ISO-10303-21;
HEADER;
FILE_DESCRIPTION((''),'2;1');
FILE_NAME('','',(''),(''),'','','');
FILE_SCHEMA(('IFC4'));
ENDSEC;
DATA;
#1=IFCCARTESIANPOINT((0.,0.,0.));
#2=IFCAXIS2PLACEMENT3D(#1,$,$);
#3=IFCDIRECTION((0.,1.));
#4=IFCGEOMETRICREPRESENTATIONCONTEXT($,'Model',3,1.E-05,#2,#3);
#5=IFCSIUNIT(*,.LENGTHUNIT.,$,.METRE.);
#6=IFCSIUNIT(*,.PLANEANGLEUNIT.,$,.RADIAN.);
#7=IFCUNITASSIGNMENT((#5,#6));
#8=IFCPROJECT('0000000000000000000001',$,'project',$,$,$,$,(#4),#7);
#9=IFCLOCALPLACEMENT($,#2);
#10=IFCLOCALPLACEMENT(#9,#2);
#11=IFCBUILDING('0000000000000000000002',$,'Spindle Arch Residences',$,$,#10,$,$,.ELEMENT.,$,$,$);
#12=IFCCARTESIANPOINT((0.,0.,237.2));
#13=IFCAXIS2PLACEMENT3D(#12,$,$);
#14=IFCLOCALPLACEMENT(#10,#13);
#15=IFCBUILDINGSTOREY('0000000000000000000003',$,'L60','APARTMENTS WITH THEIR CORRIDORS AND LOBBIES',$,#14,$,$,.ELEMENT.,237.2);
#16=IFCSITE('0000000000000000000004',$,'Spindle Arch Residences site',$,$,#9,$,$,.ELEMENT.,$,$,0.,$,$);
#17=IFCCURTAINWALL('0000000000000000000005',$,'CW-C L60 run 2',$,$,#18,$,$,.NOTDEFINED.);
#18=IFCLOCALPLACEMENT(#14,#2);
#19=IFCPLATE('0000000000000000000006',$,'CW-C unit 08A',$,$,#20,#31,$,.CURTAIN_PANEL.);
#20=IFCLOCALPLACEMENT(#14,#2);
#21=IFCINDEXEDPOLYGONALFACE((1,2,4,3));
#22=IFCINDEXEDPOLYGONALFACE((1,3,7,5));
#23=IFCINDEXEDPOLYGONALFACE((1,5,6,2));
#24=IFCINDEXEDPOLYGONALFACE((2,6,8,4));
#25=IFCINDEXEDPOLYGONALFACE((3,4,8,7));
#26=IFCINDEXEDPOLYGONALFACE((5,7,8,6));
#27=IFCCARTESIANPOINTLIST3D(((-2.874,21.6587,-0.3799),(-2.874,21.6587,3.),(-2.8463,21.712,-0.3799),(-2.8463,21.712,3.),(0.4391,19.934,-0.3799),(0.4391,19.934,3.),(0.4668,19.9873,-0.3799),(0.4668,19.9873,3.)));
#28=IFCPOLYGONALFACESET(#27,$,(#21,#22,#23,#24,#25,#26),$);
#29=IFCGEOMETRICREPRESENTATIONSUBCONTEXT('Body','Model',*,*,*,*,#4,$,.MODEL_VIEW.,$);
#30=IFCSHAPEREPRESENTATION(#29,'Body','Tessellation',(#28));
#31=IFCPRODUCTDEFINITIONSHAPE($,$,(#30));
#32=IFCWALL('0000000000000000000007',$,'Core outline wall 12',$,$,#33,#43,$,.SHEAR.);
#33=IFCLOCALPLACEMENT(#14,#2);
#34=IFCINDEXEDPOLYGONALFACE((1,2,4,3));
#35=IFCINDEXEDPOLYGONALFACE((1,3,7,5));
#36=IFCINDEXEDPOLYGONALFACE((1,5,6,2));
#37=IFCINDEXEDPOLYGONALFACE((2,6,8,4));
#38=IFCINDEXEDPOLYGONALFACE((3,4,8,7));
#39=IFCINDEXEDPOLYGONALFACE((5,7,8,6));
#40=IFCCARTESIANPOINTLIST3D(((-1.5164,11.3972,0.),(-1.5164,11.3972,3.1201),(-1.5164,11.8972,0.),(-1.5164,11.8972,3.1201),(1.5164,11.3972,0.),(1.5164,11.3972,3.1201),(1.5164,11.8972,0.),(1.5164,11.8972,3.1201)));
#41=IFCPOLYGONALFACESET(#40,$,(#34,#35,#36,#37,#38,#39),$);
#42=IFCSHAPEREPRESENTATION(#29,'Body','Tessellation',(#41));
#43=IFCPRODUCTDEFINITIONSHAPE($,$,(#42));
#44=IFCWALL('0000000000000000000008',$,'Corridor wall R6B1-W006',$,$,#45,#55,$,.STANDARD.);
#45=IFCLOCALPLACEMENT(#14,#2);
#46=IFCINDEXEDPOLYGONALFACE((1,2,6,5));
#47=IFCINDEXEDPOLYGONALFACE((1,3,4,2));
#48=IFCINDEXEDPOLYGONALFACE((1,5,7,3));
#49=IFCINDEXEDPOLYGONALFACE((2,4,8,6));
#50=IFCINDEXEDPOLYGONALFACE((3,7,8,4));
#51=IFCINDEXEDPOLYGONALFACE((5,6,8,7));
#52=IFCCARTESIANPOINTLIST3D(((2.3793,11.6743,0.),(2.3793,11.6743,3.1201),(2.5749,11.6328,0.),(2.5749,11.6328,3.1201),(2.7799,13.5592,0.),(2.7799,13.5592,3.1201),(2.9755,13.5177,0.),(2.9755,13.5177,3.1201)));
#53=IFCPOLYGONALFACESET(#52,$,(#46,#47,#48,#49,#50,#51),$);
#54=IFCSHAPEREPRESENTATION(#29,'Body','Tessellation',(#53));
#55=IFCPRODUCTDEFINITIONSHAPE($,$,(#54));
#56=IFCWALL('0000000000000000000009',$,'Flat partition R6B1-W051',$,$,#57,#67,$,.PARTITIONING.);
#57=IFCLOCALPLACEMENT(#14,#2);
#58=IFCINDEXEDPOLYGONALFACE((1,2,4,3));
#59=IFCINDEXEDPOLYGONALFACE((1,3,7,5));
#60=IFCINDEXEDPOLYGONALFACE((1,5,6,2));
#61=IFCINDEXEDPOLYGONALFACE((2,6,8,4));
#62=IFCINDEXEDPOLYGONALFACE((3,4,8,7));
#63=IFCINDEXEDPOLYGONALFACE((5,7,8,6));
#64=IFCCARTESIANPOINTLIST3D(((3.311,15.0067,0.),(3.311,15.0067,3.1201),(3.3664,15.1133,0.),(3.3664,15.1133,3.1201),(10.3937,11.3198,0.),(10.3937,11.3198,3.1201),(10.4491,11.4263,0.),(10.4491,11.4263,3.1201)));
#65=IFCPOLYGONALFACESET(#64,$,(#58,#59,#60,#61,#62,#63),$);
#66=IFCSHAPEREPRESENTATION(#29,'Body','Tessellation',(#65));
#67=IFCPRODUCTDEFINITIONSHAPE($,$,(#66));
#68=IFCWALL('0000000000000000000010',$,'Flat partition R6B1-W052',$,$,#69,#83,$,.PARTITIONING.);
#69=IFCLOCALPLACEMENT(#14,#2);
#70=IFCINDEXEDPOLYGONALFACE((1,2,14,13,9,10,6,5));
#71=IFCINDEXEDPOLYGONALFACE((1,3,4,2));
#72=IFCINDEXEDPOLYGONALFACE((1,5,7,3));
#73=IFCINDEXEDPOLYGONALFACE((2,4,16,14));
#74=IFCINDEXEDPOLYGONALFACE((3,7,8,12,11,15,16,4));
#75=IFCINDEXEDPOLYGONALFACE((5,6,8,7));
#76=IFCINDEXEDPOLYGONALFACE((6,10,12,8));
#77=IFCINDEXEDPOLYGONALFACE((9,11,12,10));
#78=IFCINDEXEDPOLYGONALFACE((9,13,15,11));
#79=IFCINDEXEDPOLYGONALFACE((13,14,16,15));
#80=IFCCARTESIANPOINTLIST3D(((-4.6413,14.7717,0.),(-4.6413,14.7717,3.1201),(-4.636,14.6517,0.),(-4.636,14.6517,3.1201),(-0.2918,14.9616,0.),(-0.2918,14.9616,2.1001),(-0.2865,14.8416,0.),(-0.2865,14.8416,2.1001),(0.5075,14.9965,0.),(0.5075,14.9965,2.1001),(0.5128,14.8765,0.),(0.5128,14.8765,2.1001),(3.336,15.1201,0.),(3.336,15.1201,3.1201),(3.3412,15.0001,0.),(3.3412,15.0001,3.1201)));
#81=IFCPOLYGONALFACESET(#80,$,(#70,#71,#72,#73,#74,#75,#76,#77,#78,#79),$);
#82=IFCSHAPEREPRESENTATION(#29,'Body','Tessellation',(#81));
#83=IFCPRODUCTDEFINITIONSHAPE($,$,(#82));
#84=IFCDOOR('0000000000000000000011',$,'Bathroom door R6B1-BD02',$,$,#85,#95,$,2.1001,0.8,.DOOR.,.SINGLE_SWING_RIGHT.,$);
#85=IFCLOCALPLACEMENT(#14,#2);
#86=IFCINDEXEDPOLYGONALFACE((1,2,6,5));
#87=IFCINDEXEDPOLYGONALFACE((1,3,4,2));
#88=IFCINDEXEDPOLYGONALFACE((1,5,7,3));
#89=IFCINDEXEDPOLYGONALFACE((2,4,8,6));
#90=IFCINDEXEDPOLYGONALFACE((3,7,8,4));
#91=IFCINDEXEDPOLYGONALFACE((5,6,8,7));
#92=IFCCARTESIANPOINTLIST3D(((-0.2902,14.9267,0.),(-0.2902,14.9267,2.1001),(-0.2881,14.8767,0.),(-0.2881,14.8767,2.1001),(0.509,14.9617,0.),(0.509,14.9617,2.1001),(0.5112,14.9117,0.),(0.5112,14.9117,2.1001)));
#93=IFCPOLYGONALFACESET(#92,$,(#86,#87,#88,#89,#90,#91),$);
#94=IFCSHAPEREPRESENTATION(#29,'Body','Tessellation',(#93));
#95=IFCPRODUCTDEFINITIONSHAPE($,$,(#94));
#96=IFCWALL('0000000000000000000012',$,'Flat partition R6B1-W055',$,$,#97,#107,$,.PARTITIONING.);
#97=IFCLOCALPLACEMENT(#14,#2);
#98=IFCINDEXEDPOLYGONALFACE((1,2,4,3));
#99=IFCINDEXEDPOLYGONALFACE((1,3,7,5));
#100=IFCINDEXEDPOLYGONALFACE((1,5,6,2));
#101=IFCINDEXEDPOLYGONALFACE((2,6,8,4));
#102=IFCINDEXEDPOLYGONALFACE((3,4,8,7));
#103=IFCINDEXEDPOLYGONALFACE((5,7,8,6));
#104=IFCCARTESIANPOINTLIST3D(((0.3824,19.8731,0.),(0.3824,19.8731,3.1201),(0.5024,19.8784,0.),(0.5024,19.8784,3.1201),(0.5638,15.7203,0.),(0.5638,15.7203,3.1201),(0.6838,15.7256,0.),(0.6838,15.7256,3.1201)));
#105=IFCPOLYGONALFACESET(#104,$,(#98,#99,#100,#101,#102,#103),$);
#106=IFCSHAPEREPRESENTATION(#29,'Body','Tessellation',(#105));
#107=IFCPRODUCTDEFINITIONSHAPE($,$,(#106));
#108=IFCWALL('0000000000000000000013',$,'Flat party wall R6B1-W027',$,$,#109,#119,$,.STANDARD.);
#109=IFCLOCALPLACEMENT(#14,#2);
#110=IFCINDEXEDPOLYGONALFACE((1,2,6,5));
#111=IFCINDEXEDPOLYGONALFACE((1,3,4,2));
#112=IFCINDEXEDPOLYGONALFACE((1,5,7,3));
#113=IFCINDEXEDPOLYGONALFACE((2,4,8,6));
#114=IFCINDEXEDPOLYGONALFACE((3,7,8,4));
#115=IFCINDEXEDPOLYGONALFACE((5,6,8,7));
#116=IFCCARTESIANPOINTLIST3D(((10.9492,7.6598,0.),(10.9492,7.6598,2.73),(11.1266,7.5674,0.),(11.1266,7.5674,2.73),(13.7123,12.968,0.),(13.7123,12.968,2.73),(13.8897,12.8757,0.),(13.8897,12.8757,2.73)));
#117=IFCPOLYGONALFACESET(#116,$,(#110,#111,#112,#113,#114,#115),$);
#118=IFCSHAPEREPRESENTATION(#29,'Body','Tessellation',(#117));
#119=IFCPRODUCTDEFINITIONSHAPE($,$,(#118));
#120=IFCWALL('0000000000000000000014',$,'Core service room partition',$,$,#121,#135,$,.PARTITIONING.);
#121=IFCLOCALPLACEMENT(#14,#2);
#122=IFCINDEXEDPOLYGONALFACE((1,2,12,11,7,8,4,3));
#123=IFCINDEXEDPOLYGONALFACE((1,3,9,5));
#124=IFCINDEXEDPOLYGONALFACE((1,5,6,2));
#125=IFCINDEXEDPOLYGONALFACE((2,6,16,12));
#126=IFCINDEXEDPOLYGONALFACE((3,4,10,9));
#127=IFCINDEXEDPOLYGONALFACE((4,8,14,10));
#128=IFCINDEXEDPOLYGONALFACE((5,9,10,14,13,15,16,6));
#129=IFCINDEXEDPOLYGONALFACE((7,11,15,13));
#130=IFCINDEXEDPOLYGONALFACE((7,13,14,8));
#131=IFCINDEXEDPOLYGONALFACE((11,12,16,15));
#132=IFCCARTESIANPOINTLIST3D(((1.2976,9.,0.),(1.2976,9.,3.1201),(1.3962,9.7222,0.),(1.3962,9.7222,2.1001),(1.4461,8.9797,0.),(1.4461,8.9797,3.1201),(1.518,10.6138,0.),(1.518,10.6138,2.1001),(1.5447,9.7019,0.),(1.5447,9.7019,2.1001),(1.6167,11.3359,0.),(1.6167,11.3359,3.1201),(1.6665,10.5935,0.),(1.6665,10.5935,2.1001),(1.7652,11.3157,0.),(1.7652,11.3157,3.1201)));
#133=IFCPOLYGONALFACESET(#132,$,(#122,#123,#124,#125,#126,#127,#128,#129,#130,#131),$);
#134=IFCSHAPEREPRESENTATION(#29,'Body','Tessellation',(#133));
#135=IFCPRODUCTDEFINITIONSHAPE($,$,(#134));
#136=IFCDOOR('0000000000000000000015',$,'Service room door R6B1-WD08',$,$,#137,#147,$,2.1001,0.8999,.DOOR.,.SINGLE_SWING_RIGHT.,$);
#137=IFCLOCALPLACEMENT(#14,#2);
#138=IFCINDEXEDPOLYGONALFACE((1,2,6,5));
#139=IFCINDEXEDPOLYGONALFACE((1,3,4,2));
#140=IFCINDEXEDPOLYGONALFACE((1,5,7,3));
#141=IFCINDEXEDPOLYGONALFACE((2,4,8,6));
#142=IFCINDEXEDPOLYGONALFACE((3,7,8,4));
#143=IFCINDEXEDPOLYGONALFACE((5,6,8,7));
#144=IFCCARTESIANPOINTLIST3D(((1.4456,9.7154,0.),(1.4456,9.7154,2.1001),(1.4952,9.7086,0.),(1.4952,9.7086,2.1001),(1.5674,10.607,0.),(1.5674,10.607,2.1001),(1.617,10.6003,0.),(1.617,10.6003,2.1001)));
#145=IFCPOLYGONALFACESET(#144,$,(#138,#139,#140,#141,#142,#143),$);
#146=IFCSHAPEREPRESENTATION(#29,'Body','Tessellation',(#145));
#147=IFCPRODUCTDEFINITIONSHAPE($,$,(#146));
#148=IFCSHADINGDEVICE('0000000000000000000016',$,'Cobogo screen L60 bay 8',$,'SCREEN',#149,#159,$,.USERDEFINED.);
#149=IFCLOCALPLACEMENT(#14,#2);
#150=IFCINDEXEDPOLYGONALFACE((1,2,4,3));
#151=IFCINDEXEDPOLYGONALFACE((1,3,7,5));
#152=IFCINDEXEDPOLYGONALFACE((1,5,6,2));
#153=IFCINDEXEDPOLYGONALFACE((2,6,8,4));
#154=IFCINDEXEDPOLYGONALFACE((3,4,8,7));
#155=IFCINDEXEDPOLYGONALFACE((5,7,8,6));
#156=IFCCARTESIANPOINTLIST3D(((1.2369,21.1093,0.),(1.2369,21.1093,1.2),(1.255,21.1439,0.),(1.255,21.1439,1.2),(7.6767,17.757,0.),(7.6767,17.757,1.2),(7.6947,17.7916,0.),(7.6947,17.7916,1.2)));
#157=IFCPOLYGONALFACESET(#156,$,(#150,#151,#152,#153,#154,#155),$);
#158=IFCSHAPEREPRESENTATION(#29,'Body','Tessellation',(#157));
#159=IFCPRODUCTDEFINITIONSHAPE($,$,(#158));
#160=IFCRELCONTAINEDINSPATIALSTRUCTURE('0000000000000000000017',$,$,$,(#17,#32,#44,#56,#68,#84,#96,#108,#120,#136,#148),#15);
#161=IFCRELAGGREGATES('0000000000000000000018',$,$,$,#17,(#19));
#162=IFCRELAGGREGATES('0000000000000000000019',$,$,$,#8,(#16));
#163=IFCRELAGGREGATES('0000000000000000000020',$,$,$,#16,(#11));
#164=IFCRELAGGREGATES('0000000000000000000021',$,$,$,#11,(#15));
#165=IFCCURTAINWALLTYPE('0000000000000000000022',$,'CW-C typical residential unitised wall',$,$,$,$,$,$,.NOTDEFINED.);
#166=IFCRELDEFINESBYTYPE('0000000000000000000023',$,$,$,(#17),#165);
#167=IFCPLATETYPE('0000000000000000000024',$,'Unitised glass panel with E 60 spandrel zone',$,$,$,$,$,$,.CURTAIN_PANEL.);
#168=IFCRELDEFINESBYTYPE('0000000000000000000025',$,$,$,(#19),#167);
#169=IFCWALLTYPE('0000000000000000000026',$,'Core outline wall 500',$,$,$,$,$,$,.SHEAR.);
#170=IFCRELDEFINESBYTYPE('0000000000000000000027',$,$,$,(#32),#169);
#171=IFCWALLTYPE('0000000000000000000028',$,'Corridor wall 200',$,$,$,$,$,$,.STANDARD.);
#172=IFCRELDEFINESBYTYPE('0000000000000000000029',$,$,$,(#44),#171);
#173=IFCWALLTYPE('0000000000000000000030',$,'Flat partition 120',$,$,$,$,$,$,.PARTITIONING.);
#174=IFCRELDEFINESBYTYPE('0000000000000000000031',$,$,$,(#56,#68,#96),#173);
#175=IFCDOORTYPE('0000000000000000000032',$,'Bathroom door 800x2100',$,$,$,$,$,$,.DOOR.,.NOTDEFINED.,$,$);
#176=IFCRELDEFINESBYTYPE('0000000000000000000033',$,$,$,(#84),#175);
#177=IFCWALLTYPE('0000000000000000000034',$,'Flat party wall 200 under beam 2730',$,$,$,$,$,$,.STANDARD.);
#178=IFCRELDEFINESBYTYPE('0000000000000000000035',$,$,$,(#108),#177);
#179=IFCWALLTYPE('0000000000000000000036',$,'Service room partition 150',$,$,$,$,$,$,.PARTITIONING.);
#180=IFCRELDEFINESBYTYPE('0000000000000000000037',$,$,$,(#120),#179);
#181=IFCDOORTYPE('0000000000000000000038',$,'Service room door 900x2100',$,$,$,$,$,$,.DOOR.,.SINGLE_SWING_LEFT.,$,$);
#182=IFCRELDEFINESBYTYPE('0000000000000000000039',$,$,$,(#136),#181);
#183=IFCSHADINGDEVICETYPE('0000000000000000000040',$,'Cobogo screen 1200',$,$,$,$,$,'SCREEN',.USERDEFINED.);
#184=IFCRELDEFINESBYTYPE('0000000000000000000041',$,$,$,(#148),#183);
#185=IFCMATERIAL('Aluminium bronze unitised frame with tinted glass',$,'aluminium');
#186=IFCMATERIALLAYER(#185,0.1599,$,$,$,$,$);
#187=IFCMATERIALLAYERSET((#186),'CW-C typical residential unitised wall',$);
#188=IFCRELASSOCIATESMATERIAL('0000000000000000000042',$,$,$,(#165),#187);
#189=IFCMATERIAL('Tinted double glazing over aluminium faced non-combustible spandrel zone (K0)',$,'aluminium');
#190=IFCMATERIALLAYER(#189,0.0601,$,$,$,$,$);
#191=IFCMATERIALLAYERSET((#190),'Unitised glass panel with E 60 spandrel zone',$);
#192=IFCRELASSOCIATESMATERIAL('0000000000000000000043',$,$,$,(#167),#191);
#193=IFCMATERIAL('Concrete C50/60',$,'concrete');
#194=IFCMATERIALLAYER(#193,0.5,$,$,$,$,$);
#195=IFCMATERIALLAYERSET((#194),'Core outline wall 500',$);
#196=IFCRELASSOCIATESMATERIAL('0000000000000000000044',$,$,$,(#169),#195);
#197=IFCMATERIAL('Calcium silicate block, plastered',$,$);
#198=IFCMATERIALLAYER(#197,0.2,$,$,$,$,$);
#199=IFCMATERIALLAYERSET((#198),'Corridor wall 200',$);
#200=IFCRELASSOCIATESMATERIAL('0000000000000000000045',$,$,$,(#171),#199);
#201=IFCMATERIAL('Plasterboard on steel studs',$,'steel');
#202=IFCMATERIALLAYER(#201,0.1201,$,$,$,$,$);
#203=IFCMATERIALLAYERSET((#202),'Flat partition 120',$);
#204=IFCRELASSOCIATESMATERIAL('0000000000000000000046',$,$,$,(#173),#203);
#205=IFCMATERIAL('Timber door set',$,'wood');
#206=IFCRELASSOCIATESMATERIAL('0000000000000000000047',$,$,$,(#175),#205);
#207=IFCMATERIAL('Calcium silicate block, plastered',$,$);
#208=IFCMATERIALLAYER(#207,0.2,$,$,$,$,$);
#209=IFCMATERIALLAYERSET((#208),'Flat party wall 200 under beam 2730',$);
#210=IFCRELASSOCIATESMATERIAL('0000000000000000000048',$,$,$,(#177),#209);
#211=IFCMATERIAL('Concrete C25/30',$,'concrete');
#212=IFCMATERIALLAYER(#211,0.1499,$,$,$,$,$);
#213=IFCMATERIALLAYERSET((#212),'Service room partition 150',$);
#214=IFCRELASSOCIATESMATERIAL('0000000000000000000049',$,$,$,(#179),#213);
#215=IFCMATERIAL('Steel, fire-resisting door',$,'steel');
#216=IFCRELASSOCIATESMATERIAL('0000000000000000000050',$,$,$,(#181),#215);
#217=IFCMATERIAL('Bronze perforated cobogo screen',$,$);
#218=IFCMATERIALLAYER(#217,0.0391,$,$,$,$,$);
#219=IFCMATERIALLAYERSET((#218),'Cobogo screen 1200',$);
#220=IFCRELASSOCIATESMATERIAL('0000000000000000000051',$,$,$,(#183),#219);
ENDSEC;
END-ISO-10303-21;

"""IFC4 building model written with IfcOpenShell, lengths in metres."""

from ifc_helpers import new_model, si_unit, direction, frame, frame_2d, origin, origin_2d, place, context, subcontext, project, spatial, rectangle, extrude, material, layer, layer_set, type_object, element, fill, aggregate, save


model = new_model("IFC4")

# Units and contexts
model_context = context("Model", 3, precision=1e-05, world=origin(), true_north=direction((0.0, 1.0)))
body_context = subcontext(model_context, "Body", "Model", "MODEL_VIEW")
ifc_project = project(units=[si_unit("LENGTHUNIT", "METRE"), si_unit("PLANEANGLEUNIT", "RADIAN")], contexts=[model_context])

# Site, building, storey
site_placement = place(None, origin())
site = spatial("IfcSite", under=ifc_project, at=site_placement, Name="Spindle Arch Residences site", CompositionType="ELEMENT", RefElevation=0.0)
building_placement = place(site_placement, origin())
building = spatial("IfcBuilding", under=site, at=building_placement, Name="Spindle Arch Residences", CompositionType="ELEMENT")
storey_placement = place(building_placement, frame((0.0, 0.0, 237.2)))
storey = spatial("IfcBuildingStorey", under=building, at=storey_placement, Name="L60", Description="APARTMENTS WITH THEIR CORRIDORS AND LOBBIES", CompositionType="ELEMENT", Elevation=237.2)

# Curtain wall
ifc_material_1 = material(Name="Aluminium bronze unitised frame with tinted glass", Category="aluminium")
ifc_layer_1 = layer(ifc_material_1, 0.1599)
ifc_layer_set_1 = layer_set([ifc_layer_1], Name="CW-C typical residential unitised wall")
curtain_wall_type = type_object("IfcCurtainWallType", Name="CW-C typical residential unitised wall", PredefinedType="NOTDEFINED", material=ifc_layer_set_1)
curtain_wall_placement = place(storey_placement, origin())
curtain_wall = element("IfcCurtainWall", 1, at=curtain_wall_placement, inside=storey, type_object=curtain_wall_type, Name="CW-C L60 run 2", PredefinedType="NOTDEFINED")

# Plate
ifc_material_2 = material(Name="Tinted double glazing over aluminium faced non-combustible spandrel zone (K0)", Category="aluminium")
ifc_layer_2 = layer(ifc_material_2, 0.0601)
ifc_layer_set_2 = layer_set([ifc_layer_2], Name="Unitised glass panel with E 60 spandrel zone")
plate_type = type_object("IfcPlateType", Name="Unitised glass panel with E 60 spandrel zone", PredefinedType="CURTAIN_PANEL", material=ifc_layer_set_2)
plate_1_placement = place(storey_placement, frame((-1.2036, 20.823, -0.3799), z_axis=(0.0, 0.0, 1.0), x_axis=(-0.887011, 0.461749, 0.0)))
plate_1 = element("IfcPlate", 2, at=plate_1_placement, type_object=plate_type, Name="CW-C unit 08A", PredefinedType="CURTAIN_PANEL", context=body_context, shape_type="SweptSolid", body=[
    extrude(rectangle(XDim=3.7351, YDim=0.0601, at=origin_2d()), origin(), (0.0, 0.0, 1.0), 3.3799),
])
aggregate(curtain_wall, [plate_1])

# Walls
ifc_material_3 = material(Name="Concrete C50/60", Category="concrete")
ifc_layer_3 = layer(ifc_material_3, 0.5)
ifc_layer_set_3 = layer_set([ifc_layer_3], Name="Core outline wall 500")
wall_type_1 = type_object("IfcWallType", Name="Core outline wall 500", PredefinedType="SHEAR", material=ifc_layer_set_3)
wall_1_placement = place(storey_placement, frame((1.5164, 11.6472, 0.0), z_axis=(0.0, 0.0, 1.0), x_axis=(-1.0, 0.0, 0.0)))
element("IfcWall", 3, at=wall_1_placement, inside=storey, type_object=wall_type_1, Name="Core outline wall 12", PredefinedType="SHEAR", context=body_context, shape_type="SweptSolid", body=[
    extrude(rectangle(XDim=3.0327, YDim=0.5, at=frame_2d((1.5164, 0.0))), origin(), (0.0, 0.0, 1.0), 3.1201),
])
ifc_material_4 = material(Name="Calcium silicate block, plastered")
ifc_layer_4 = layer(ifc_material_4, 0.2)
ifc_layer_set_4 = layer_set([ifc_layer_4], Name="Corridor wall 200")
wall_type_2 = type_object("IfcWallType", Name="Corridor wall 200", PredefinedType="STANDARD", material=ifc_layer_set_4)
wall_2_placement = place(storey_placement, frame((2.8777, 13.5383, 0.0), z_axis=(0.0, 0.0, 1.0), x_axis=(-0.207894, -0.978151, 0.0)))
element("IfcWall", 4, at=wall_2_placement, inside=storey, type_object=wall_type_2, Name="Corridor wall R6B1-W006", PredefinedType="STANDARD", context=body_context, shape_type="SweptSolid", body=[
    extrude(rectangle(XDim=1.927, YDim=0.2, at=frame_2d((0.9634, 0.0))), origin(), (0.0, 0.0, 1.0), 3.1201),
])
ifc_material_5 = material(Name="Plasterboard on steel studs", Category="steel")
ifc_layer_5 = layer(ifc_material_5, 0.1201)
ifc_layer_set_5 = layer_set([ifc_layer_5], Name="Flat partition 120")
wall_type_3 = type_object("IfcWallType", Name="Flat partition 120", PredefinedType="PARTITIONING", material=ifc_layer_set_5)
wall_3_placement = place(storey_placement, frame((10.4214, 11.373, 0.0), z_axis=(0.0, 0.0, 1.0), x_axis=(-0.887013, 0.461745, 0.0)))
element("IfcWall", 5, at=wall_3_placement, inside=storey, type_object=wall_type_3, Name="Flat partition R6B1-W051", PredefinedType="PARTITIONING", context=body_context, shape_type="SweptSolid", body=[
    extrude(rectangle(XDim=7.9849, YDim=0.1201, at=frame_2d((3.9924, 0.0))), origin(), (0.0, 0.0, 1.0), 3.1201),
])

# Wall, opening, door
wall_4_placement = place(storey_placement, frame((3.3386, 15.0601, 0.0), z_axis=(0.0, 0.0, 1.0), x_axis=(-0.999048, -0.043631, 0.0)))
wall_4 = element("IfcWall", 6, at=wall_4_placement, inside=storey, type_object=wall_type_3, Name="Flat partition R6B1-W052", PredefinedType="PARTITIONING", context=body_context, shape_type="SweptSolid", body=[
    extrude(rectangle(XDim=7.9849, YDim=0.1201, at=frame_2d((3.9924, 0.0))), origin(), (0.0, 0.0, 1.0), 3.1201),
])
opening_1_placement = place(wall_4_placement, frame((2.8313, 0.0, 0.0)))
opening_1 = element("IfcOpeningElement", 7, at=opening_1_placement, cuts=wall_4, PredefinedType="OPENING", context=body_context, shape_type="SweptSolid", body=[
    extrude(rectangle(XDim=0.8, YDim=2.1001, at=frame_2d((0.3999, 1.05))), frame((0.0, 0.0701, 0.0), z_axis=(0.0, -1.0, 0.0), x_axis=(1.0, 0.0, 0.0)), (0.0, 0.0, 1.0), 0.1401),
])
ifc_material_6 = material(Name="Timber door set", Category="wood")
door_type_1 = type_object("IfcDoorType", Name="Bathroom door 800x2100", OperationType="NOTDEFINED", PredefinedType="DOOR", material=ifc_material_6)
door_1_placement = place(opening_1_placement, origin())
door_1 = element("IfcDoor", 8, at=door_1_placement, inside=storey, type_object=door_type_1, Name="Bathroom door R6B1-BD02", OperationType="SINGLE_SWING_RIGHT", OverallHeight=2.1001, OverallWidth=0.8, PredefinedType="DOOR", context=body_context, shape_type="SweptSolid", body=[
    extrude(rectangle(XDim=0.8, YDim=2.1001, at=frame_2d((0.3999, 1.05))), frame((0.0, 0.0249, 0.0), z_axis=(0.0, -1.0, 0.0), x_axis=(1.0, 0.0, 0.0)), (0.0, 0.0, 1.0), 0.05),
])
fill(opening_1, door_1)

# Walls
wall_5_placement = place(storey_placement, frame((0.4424, 19.8757, 0.0), z_axis=(0.0, 0.0, 1.0), x_axis=(0.043639, -0.999047, 0.0)))
element("IfcWall", 9, at=wall_5_placement, inside=storey, type_object=wall_type_3, Name="Flat partition R6B1-W055", PredefinedType="PARTITIONING", context=body_context, shape_type="SweptSolid", body=[
    extrude(rectangle(XDim=4.1567, YDim=0.1201, at=frame_2d((2.0784, 0.0))), origin(), (0.0, 0.0, 1.0), 3.1201),
])
ifc_material_7 = material(Name="Calcium silicate block, plastered")
ifc_layer_6 = layer(ifc_material_7, 0.2)
ifc_layer_set_6 = layer_set([ifc_layer_6], Name="Flat party wall 200 under beam 2730")
wall_type_4 = type_object("IfcWallType", Name="Flat party wall 200 under beam 2730", PredefinedType="STANDARD", material=ifc_layer_set_6)
wall_6_placement = place(storey_placement, frame((13.801, 12.9219, 0.0), z_axis=(0.0, 0.0, 1.0), x_axis=(-0.461726, -0.887022, 0.0)))
element("IfcWall", 10, at=wall_6_placement, inside=storey, type_object=wall_type_4, Name="Flat party wall R6B1-W027", PredefinedType="STANDARD", context=body_context, shape_type="SweptSolid", body=[
    extrude(rectangle(XDim=5.9844, YDim=0.2, at=frame_2d((2.9922, 0.0))), origin(), (0.0, 0.0, 1.0), 2.73),
])

# Wall, opening, door
ifc_material_8 = material(Name="Concrete C25/30", Category="concrete")
ifc_layer_7 = layer(ifc_material_8, 0.1499)
ifc_layer_set_7 = layer_set([ifc_layer_7], Name="Service room partition 150")
wall_type_5 = type_object("IfcWallType", Name="Service room partition 150", PredefinedType="PARTITIONING", material=ifc_layer_set_7)
wall_7_placement = place(storey_placement, frame((1.6909, 11.3257, 0.0), z_axis=(0.0, 0.0, 1.0), x_axis=(-0.135344, -0.990799, 0.0)))
wall_7 = element("IfcWall", 11, at=wall_7_placement, inside=storey, type_object=wall_type_5, Name="Core service room partition", PredefinedType="PARTITIONING", context=body_context, shape_type="SweptSolid", body=[
    extrude(rectangle(XDim=2.3577, YDim=0.1499, at=frame_2d((1.1787, 0.0))), origin(), (0.0, 0.0, 1.0), 3.1201),
])
opening_2_placement = place(wall_7_placement, frame((0.7288, 0.0, 0.0)))
opening_2 = element("IfcOpeningElement", 12, at=opening_2_placement, cuts=wall_7, PredefinedType="OPENING", context=body_context, shape_type="SweptSolid", body=[
    extrude(rectangle(XDim=0.8999, YDim=2.1001, at=frame_2d((0.45, 1.05))), frame((0.0, 0.085, 0.0), z_axis=(0.0, -1.0, 0.0), x_axis=(1.0, 0.0, 0.0)), (0.0, 0.0, 1.0), 0.1699),
])
ifc_material_9 = material(Name="Steel, fire-resisting door", Category="steel")
door_type_2 = type_object("IfcDoorType", Name="Service room door 900x2100", OperationType="SINGLE_SWING_LEFT", PredefinedType="DOOR", material=ifc_material_9)
door_2_placement = place(opening_2_placement, origin())
door_2 = element("IfcDoor", 13, at=door_2_placement, inside=storey, type_object=door_type_2, Name="Service room door R6B1-WD08", OperationType="SINGLE_SWING_RIGHT", OverallHeight=2.1001, OverallWidth=0.8999, PredefinedType="DOOR", context=body_context, shape_type="SweptSolid", body=[
    extrude(rectangle(XDim=0.8999, YDim=2.1001, at=frame_2d((0.45, 1.05))), frame((0.0, 0.0249, 0.0), z_axis=(0.0, -1.0, 0.0), x_axis=(1.0, 0.0, 0.0)), (0.0, 0.0, 1.0), 0.05),
])
fill(opening_2, door_2)

# Shading device
ifc_material_10 = material(Name="Bronze perforated cobogo screen")
ifc_layer_8 = layer(ifc_material_10, 0.0391)
ifc_layer_set_8 = layer_set([ifc_layer_8], Name="Cobogo screen 1200")
shading_device_type = type_object("IfcShadingDeviceType", Name="Cobogo screen 1200", ElementType="SCREEN", PredefinedType="USERDEFINED", material=ifc_layer_set_8)
shading_device_placement = place(storey_placement, frame((4.4658, 19.4504, 0.0), z_axis=(0.0, 0.0, 1.0), x_axis=(-0.887011, 0.461749, 0.0)))
element("IfcShadingDevice", 14, at=shading_device_placement, inside=storey, type_object=shading_device_type, Name="Cobogo screen L60 bay 8", ObjectType="SCREEN", PredefinedType="USERDEFINED", context=body_context, shape_type="SweptSolid", body=[
    extrude(rectangle(XDim=7.26, YDim=0.0391, at=origin_2d()), origin(), (0.0, 0.0, 1.0), 1.2),
])

save(model, "model.ifc")
